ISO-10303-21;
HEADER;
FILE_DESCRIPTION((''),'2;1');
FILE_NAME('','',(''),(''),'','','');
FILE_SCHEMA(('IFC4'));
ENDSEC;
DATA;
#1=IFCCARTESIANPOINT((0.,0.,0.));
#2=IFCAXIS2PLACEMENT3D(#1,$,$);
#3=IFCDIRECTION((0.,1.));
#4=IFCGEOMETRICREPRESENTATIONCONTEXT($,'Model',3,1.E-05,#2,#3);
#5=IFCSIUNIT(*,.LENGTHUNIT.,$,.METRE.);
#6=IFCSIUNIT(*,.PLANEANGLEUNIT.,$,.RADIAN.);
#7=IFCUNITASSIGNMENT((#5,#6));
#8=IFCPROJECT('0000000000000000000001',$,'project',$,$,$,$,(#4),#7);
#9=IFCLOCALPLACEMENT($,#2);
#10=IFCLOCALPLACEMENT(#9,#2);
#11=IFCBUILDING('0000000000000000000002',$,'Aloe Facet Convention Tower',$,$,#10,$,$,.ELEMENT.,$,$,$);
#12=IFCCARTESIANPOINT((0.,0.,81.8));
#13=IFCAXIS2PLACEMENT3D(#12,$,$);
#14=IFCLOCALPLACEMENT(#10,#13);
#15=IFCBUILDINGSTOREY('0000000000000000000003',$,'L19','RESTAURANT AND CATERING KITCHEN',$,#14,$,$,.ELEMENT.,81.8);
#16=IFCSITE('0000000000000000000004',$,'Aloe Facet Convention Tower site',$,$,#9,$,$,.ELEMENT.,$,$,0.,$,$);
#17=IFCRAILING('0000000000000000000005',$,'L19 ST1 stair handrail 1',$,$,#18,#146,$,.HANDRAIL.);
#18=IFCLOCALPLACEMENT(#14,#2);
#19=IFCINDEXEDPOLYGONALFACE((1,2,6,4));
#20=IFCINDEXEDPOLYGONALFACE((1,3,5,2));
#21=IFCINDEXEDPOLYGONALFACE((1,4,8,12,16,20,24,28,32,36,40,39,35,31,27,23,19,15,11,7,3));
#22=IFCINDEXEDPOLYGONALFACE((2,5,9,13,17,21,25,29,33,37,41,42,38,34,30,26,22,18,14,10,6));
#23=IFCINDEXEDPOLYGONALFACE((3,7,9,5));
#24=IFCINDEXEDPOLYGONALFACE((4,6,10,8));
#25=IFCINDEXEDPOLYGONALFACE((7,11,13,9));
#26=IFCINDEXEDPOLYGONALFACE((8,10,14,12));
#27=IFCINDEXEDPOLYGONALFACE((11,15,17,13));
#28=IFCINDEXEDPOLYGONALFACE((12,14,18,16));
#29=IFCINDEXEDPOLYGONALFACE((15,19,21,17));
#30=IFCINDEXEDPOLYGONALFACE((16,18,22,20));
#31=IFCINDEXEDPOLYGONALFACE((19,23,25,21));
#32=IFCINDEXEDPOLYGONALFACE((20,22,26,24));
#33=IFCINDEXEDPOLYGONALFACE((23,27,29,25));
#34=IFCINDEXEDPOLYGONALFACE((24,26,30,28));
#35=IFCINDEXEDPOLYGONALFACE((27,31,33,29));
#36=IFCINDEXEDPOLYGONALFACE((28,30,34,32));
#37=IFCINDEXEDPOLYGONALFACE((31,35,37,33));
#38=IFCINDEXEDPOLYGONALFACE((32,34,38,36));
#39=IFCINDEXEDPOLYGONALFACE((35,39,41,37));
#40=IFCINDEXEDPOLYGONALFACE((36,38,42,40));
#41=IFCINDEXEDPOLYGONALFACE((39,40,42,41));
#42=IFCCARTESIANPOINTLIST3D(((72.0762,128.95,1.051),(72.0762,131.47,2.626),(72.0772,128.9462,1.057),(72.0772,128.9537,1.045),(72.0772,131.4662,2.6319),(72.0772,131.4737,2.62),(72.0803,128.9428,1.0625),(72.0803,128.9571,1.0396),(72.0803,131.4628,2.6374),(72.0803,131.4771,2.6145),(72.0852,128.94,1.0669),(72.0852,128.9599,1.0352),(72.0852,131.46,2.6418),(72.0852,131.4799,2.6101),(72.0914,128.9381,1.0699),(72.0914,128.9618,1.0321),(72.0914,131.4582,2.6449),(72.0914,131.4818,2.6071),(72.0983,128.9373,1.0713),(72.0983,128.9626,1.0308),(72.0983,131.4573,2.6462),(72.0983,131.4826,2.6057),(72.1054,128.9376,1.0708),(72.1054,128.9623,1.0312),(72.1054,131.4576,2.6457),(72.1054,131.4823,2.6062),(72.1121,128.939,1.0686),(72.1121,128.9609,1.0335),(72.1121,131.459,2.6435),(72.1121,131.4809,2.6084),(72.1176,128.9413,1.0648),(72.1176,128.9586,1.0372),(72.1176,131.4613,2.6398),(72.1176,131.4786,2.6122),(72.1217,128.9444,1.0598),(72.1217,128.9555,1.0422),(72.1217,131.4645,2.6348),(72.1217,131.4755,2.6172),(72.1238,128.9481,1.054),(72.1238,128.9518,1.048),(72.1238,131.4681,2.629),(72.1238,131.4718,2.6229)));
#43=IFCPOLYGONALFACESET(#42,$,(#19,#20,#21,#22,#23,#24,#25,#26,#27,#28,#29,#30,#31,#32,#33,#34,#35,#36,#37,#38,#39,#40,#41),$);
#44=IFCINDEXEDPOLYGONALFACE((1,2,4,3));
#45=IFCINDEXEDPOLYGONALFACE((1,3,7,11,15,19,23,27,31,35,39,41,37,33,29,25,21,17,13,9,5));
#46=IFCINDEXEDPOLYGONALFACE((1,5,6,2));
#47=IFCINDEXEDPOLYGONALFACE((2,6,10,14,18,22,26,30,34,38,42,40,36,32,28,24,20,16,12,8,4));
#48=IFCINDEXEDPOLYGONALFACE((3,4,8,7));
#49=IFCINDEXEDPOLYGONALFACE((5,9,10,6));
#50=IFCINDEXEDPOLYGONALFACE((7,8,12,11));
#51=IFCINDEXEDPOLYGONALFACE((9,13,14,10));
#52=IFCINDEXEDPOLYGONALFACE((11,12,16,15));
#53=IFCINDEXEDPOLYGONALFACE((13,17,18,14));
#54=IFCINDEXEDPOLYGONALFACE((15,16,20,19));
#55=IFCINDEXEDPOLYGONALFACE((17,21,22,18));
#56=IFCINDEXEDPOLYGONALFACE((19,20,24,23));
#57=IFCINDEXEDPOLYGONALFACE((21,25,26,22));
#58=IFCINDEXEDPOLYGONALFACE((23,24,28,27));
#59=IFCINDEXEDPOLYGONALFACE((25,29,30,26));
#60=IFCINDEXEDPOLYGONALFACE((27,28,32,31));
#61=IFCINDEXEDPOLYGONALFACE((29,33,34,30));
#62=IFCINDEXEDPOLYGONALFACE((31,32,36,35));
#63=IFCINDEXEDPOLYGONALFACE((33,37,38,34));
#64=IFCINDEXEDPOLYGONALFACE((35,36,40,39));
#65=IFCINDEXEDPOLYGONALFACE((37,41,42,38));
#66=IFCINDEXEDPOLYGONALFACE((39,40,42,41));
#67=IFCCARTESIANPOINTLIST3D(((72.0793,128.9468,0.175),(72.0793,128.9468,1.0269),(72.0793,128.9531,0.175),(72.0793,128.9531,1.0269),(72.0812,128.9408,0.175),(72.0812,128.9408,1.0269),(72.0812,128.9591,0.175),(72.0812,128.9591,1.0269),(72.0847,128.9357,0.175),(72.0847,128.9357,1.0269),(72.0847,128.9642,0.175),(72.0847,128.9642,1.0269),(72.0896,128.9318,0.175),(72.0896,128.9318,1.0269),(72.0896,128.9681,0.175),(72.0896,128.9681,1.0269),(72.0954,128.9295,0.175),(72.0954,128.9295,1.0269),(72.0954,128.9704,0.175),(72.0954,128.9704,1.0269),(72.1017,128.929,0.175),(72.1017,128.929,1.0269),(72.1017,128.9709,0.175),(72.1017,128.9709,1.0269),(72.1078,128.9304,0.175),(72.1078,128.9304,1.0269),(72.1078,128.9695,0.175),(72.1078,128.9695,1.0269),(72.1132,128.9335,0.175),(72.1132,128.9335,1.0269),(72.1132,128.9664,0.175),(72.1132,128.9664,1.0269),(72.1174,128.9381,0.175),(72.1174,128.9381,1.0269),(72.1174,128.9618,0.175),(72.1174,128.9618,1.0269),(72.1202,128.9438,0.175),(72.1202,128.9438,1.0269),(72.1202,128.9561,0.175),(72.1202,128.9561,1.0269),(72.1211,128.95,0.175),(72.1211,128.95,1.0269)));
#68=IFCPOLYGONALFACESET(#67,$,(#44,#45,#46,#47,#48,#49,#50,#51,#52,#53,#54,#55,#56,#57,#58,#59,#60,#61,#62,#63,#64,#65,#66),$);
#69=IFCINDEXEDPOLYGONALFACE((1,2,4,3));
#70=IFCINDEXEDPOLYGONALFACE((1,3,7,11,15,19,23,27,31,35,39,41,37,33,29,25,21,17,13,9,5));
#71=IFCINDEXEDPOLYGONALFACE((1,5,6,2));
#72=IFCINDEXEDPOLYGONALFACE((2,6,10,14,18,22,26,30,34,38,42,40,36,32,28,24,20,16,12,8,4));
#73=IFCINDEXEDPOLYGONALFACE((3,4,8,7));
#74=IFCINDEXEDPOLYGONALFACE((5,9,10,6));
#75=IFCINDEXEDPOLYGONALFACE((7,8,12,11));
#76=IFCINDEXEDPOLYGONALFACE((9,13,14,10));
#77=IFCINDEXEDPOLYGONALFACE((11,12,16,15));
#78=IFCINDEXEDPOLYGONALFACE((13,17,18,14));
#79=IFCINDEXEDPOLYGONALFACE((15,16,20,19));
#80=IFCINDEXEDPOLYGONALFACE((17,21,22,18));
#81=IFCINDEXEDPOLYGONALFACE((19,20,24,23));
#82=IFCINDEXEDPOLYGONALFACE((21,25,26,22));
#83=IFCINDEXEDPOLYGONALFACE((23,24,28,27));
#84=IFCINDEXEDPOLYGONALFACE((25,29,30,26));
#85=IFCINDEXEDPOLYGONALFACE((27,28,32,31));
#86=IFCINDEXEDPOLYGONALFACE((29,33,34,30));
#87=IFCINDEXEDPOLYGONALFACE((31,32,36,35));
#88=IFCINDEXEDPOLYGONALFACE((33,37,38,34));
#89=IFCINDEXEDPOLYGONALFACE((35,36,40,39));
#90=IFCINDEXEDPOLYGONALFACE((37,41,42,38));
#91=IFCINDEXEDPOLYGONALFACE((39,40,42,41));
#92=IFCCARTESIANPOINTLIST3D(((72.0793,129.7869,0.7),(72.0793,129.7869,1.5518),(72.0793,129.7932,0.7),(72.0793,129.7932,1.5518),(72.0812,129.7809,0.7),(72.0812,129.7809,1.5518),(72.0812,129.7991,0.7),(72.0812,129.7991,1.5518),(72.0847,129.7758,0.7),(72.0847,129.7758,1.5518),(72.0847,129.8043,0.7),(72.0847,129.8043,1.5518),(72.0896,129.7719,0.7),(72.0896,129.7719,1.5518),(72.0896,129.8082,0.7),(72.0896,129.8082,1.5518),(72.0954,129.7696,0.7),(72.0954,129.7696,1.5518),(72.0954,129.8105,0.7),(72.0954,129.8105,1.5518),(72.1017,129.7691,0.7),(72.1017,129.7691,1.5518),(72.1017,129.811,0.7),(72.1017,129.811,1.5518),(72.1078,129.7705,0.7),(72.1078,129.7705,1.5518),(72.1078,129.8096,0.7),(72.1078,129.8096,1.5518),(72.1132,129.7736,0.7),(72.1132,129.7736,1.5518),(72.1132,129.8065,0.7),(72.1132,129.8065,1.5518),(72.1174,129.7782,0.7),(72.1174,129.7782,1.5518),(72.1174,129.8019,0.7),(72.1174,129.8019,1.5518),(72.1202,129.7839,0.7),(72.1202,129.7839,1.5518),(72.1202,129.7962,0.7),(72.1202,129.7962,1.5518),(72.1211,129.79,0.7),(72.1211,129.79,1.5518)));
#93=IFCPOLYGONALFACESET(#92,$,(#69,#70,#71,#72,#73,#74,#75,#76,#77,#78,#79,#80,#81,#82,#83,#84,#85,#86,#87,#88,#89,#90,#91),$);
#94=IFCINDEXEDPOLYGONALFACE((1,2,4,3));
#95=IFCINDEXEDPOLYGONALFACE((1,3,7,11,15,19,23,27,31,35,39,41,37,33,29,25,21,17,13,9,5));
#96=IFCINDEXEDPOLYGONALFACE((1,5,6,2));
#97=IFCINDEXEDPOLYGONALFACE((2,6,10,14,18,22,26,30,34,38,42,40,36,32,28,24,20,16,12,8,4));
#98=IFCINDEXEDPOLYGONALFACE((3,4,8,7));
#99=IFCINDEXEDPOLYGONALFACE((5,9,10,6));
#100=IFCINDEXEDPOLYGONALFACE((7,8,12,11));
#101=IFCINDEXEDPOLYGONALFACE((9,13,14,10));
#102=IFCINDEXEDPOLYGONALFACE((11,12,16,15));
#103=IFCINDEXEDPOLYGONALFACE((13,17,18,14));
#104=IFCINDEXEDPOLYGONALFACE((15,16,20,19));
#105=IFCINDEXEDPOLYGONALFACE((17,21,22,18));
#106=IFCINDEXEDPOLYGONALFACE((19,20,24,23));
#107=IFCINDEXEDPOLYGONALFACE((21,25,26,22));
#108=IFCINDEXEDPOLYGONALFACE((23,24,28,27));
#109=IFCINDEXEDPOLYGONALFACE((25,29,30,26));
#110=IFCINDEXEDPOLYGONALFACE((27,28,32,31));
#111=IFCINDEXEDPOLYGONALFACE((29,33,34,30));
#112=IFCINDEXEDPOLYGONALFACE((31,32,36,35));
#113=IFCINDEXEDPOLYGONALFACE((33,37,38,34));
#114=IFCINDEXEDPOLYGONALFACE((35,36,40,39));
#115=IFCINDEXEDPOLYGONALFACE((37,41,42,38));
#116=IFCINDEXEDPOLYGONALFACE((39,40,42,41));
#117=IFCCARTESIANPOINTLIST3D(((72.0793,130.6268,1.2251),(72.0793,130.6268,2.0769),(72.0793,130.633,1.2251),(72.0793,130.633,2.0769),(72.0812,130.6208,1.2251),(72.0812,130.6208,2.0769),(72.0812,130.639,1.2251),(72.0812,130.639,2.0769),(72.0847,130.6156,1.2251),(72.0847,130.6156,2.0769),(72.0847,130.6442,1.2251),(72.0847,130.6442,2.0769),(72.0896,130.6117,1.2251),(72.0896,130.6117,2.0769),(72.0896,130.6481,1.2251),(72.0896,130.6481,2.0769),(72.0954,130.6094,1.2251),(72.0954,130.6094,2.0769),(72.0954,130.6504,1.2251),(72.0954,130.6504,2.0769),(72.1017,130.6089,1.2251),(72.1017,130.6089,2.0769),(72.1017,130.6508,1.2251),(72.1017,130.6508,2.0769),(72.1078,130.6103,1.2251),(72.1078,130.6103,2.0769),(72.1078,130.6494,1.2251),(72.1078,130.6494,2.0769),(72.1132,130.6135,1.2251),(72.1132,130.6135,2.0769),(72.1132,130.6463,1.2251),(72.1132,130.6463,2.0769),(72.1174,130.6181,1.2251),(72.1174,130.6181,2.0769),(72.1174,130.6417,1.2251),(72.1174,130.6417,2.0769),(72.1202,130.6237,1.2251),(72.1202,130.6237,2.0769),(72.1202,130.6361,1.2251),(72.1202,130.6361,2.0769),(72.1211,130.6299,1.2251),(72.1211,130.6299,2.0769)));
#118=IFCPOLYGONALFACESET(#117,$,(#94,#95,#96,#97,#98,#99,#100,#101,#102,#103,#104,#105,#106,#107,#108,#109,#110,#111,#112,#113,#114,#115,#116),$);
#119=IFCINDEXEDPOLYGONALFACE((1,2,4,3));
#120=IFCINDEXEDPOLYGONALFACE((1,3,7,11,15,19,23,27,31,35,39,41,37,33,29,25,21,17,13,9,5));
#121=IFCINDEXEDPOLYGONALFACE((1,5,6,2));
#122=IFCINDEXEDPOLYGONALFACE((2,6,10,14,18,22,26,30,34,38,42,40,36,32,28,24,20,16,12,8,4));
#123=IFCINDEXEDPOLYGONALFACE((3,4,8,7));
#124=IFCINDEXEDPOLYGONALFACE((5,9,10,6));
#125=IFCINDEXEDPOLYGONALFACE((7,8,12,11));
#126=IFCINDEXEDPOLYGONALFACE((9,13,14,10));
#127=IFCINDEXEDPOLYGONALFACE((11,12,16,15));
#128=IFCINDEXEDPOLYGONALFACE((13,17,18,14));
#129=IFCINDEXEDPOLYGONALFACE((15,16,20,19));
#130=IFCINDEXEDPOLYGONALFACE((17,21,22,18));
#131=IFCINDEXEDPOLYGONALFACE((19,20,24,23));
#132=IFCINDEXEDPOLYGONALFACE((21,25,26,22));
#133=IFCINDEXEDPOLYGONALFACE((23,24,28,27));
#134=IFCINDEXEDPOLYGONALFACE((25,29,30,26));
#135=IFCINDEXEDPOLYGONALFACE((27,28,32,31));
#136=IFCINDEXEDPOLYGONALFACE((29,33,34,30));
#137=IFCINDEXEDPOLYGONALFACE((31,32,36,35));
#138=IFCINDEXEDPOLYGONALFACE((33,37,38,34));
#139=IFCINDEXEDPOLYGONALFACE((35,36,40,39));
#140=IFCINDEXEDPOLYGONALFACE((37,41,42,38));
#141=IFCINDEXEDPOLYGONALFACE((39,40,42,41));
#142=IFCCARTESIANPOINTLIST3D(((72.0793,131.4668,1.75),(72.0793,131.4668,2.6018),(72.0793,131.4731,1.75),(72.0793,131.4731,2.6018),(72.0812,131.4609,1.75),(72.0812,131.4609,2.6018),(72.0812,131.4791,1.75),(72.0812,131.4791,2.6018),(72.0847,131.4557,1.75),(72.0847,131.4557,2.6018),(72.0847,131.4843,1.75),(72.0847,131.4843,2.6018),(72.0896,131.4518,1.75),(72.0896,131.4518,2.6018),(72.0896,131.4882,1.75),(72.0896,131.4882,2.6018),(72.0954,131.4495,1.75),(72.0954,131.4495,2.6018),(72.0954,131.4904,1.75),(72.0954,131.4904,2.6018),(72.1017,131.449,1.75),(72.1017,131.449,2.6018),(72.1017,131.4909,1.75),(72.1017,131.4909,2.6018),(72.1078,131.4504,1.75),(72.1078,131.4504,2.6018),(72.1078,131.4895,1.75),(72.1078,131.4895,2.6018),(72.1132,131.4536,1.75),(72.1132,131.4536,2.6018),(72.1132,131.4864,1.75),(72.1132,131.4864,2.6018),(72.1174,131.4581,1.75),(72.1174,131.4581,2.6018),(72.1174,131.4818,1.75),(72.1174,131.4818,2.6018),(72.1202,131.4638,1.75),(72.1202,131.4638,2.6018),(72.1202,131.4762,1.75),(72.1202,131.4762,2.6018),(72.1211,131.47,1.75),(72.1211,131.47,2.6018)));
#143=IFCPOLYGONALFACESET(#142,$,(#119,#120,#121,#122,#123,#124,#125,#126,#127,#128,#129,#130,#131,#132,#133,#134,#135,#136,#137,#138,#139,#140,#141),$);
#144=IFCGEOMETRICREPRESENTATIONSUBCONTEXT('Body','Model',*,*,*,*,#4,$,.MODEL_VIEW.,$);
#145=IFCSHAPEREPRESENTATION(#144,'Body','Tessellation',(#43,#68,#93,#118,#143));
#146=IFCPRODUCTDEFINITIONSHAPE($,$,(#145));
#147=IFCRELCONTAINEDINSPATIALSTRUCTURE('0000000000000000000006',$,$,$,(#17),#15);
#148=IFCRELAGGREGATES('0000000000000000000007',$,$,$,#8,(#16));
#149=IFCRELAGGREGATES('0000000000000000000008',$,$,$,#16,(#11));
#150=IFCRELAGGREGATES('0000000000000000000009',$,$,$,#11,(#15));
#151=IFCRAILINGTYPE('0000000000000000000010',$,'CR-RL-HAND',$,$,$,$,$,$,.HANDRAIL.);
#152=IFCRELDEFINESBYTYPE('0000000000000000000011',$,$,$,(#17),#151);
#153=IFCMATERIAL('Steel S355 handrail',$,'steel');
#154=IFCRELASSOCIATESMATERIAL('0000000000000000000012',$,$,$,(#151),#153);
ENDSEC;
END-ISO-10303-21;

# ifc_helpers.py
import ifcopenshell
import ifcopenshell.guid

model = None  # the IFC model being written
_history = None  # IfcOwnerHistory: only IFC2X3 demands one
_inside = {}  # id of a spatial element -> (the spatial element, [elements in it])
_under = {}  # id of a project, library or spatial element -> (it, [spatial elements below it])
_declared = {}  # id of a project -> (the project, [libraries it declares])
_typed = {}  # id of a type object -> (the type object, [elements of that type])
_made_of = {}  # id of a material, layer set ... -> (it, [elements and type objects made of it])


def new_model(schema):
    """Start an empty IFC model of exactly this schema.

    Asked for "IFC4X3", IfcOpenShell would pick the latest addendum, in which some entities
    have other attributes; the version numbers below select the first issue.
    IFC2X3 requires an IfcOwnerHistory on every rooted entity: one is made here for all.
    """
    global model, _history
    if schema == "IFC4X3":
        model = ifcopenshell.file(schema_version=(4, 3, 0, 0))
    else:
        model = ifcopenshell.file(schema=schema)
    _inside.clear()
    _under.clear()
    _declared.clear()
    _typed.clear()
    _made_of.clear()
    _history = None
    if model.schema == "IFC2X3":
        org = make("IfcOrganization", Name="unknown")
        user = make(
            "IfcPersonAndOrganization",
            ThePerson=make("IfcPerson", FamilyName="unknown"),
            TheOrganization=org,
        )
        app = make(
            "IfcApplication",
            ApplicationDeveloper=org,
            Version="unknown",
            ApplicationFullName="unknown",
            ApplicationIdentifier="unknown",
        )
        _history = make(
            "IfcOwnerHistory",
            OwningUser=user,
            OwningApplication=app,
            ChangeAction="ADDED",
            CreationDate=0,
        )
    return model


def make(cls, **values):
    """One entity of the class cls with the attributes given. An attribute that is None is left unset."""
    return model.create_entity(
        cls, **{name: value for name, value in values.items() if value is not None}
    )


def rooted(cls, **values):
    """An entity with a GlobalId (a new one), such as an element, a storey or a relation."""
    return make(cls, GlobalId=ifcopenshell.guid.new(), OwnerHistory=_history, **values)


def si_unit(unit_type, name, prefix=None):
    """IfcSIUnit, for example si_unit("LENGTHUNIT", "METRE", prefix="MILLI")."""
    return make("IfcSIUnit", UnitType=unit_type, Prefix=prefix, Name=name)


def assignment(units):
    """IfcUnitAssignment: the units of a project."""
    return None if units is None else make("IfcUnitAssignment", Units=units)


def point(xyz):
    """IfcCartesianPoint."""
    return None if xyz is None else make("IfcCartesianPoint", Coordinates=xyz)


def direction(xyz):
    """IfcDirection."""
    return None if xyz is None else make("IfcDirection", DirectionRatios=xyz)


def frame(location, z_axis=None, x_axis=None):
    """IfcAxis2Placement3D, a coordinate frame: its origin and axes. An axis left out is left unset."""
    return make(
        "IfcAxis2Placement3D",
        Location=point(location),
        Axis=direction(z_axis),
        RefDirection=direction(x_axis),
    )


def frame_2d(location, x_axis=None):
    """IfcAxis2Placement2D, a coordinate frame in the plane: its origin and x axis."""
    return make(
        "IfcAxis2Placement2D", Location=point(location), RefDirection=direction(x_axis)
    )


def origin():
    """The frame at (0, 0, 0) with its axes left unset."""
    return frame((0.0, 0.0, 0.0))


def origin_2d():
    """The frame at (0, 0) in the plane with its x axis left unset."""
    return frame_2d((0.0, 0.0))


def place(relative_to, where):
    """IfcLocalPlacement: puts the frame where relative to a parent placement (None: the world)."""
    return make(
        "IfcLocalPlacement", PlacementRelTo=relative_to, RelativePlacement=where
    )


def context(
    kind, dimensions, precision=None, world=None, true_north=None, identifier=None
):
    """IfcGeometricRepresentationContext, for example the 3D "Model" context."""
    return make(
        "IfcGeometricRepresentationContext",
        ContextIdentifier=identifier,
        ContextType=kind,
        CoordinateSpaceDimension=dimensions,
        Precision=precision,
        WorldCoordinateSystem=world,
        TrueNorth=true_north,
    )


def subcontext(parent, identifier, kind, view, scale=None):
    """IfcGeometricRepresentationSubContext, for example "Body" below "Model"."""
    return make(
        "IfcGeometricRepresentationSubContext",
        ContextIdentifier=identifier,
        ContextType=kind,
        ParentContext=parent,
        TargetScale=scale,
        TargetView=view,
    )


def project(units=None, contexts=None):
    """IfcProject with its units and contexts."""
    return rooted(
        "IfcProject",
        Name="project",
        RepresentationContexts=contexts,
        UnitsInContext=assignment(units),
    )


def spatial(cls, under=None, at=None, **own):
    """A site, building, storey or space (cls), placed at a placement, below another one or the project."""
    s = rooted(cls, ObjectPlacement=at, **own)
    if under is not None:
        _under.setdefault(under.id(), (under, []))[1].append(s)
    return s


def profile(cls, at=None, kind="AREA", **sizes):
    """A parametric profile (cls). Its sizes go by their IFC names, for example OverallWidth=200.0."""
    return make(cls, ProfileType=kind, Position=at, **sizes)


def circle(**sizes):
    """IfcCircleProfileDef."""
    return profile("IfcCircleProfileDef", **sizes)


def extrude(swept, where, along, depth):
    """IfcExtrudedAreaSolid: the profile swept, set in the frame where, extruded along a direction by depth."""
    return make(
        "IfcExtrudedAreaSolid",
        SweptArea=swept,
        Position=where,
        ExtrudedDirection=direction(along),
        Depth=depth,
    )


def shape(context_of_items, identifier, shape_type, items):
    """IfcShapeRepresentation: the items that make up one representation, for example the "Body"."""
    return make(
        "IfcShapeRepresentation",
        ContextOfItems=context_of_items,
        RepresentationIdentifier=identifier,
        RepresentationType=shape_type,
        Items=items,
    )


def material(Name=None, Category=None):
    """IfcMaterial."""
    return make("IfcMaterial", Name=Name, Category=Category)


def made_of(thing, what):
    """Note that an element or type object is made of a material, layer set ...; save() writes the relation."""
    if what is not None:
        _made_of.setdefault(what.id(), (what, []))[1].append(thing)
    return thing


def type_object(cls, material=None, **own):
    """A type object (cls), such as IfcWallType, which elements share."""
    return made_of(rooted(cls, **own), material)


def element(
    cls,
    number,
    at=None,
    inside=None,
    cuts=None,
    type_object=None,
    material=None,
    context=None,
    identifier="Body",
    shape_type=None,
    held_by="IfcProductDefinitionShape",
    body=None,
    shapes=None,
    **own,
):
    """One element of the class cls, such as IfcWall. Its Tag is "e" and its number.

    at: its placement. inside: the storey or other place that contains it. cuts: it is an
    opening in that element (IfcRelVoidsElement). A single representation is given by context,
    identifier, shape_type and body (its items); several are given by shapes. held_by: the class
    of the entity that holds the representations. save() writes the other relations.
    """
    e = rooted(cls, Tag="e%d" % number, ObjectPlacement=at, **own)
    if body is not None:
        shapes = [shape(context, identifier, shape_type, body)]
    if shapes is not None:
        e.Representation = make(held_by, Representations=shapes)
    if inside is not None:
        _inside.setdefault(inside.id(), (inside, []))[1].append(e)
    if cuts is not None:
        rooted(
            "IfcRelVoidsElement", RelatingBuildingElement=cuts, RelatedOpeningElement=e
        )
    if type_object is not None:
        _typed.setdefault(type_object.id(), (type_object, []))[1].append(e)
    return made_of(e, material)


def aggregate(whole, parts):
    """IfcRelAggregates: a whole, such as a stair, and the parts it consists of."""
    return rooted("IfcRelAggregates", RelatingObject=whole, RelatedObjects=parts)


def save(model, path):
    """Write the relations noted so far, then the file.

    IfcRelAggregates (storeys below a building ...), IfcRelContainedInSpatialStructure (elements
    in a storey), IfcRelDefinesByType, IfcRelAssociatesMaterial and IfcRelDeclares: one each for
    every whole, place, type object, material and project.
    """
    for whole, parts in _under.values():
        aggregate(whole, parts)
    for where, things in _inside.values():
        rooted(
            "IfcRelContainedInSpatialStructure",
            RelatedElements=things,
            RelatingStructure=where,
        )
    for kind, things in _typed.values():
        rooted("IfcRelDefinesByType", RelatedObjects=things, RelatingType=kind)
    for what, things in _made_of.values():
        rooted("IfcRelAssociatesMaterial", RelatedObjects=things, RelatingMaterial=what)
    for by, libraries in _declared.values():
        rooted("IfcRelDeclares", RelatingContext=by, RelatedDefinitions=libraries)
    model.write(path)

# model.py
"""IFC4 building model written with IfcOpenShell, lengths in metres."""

from ifc_helpers import new_model, si_unit, direction, frame, origin, origin_2d, place, context, subcontext, project, spatial, circle, extrude, material, type_object, element, save


model = new_model("IFC4")

# Units and contexts
model_context = context("Model", 3, precision=1e-05, world=origin(), true_north=direction((0.0, 1.0)))
body_context = subcontext(model_context, "Body", "Model", "MODEL_VIEW")
ifc_project = project(units=[si_unit("LENGTHUNIT", "METRE"), si_unit("PLANEANGLEUNIT", "RADIAN")], contexts=[model_context])

# Site, building, storey
site_placement = place(None, origin())
site = spatial("IfcSite", under=ifc_project, at=site_placement, Name="Aloe Facet Convention Tower site", CompositionType="ELEMENT", RefElevation=0.0)
building_placement = place(site_placement, origin())
building = spatial("IfcBuilding", under=site, at=building_placement, Name="Aloe Facet Convention Tower", CompositionType="ELEMENT")
storey_placement = place(building_placement, frame((0.0, 0.0, 81.8)))
storey = spatial("IfcBuildingStorey", under=building, at=storey_placement, Name="L19", Description="RESTAURANT AND CATERING KITCHEN", CompositionType="ELEMENT", Elevation=81.8)

# Railing
ifc_material_1 = material(Name="Steel S355 handrail", Category="steel")
railing_type_1 = type_object("IfcRailingType", Name="CR-RL-HAND", PredefinedType="HANDRAIL", material=ifc_material_1)
railing_1_placement = place(storey_placement, frame((72.1001, 128.95, 0.175)))
element("IfcRailing", 1, at=railing_1_placement, inside=storey, type_object=railing_type_1, Name="L19 ST1 stair handrail 1", PredefinedType="HANDRAIL", context=body_context, shape_type="SweptSolid", body=[
    extrude(circle(Radius=0.0239, at=origin_2d()), frame((0.0, 0.0, 0.876), z_axis=(0.0, 0.848008, 0.529984), x_axis=(-1.0, 0.0, 0.0)), (0.0, 0.0, 1.0), 2.9717),
    extrude(circle(Radius=0.021, at=origin_2d()), origin(), (0.0, 0.0, 1.0), 0.8518),
    extrude(circle(Radius=0.021, at=origin_2d()), frame((0.0, 0.8401, 0.5249)), (0.0, 0.0, 1.0), 0.8518),
    extrude(circle(Radius=0.021, at=origin_2d()), frame((0.0, 1.6799, 1.05)), (0.0, 0.0, 1.0), 0.8518),
    extrude(circle(Radius=0.021, at=origin_2d()), frame((0.0, 2.52, 1.575)), (0.0, 0.0, 1.0), 0.8518),
])

save(model, "model.ifc")
